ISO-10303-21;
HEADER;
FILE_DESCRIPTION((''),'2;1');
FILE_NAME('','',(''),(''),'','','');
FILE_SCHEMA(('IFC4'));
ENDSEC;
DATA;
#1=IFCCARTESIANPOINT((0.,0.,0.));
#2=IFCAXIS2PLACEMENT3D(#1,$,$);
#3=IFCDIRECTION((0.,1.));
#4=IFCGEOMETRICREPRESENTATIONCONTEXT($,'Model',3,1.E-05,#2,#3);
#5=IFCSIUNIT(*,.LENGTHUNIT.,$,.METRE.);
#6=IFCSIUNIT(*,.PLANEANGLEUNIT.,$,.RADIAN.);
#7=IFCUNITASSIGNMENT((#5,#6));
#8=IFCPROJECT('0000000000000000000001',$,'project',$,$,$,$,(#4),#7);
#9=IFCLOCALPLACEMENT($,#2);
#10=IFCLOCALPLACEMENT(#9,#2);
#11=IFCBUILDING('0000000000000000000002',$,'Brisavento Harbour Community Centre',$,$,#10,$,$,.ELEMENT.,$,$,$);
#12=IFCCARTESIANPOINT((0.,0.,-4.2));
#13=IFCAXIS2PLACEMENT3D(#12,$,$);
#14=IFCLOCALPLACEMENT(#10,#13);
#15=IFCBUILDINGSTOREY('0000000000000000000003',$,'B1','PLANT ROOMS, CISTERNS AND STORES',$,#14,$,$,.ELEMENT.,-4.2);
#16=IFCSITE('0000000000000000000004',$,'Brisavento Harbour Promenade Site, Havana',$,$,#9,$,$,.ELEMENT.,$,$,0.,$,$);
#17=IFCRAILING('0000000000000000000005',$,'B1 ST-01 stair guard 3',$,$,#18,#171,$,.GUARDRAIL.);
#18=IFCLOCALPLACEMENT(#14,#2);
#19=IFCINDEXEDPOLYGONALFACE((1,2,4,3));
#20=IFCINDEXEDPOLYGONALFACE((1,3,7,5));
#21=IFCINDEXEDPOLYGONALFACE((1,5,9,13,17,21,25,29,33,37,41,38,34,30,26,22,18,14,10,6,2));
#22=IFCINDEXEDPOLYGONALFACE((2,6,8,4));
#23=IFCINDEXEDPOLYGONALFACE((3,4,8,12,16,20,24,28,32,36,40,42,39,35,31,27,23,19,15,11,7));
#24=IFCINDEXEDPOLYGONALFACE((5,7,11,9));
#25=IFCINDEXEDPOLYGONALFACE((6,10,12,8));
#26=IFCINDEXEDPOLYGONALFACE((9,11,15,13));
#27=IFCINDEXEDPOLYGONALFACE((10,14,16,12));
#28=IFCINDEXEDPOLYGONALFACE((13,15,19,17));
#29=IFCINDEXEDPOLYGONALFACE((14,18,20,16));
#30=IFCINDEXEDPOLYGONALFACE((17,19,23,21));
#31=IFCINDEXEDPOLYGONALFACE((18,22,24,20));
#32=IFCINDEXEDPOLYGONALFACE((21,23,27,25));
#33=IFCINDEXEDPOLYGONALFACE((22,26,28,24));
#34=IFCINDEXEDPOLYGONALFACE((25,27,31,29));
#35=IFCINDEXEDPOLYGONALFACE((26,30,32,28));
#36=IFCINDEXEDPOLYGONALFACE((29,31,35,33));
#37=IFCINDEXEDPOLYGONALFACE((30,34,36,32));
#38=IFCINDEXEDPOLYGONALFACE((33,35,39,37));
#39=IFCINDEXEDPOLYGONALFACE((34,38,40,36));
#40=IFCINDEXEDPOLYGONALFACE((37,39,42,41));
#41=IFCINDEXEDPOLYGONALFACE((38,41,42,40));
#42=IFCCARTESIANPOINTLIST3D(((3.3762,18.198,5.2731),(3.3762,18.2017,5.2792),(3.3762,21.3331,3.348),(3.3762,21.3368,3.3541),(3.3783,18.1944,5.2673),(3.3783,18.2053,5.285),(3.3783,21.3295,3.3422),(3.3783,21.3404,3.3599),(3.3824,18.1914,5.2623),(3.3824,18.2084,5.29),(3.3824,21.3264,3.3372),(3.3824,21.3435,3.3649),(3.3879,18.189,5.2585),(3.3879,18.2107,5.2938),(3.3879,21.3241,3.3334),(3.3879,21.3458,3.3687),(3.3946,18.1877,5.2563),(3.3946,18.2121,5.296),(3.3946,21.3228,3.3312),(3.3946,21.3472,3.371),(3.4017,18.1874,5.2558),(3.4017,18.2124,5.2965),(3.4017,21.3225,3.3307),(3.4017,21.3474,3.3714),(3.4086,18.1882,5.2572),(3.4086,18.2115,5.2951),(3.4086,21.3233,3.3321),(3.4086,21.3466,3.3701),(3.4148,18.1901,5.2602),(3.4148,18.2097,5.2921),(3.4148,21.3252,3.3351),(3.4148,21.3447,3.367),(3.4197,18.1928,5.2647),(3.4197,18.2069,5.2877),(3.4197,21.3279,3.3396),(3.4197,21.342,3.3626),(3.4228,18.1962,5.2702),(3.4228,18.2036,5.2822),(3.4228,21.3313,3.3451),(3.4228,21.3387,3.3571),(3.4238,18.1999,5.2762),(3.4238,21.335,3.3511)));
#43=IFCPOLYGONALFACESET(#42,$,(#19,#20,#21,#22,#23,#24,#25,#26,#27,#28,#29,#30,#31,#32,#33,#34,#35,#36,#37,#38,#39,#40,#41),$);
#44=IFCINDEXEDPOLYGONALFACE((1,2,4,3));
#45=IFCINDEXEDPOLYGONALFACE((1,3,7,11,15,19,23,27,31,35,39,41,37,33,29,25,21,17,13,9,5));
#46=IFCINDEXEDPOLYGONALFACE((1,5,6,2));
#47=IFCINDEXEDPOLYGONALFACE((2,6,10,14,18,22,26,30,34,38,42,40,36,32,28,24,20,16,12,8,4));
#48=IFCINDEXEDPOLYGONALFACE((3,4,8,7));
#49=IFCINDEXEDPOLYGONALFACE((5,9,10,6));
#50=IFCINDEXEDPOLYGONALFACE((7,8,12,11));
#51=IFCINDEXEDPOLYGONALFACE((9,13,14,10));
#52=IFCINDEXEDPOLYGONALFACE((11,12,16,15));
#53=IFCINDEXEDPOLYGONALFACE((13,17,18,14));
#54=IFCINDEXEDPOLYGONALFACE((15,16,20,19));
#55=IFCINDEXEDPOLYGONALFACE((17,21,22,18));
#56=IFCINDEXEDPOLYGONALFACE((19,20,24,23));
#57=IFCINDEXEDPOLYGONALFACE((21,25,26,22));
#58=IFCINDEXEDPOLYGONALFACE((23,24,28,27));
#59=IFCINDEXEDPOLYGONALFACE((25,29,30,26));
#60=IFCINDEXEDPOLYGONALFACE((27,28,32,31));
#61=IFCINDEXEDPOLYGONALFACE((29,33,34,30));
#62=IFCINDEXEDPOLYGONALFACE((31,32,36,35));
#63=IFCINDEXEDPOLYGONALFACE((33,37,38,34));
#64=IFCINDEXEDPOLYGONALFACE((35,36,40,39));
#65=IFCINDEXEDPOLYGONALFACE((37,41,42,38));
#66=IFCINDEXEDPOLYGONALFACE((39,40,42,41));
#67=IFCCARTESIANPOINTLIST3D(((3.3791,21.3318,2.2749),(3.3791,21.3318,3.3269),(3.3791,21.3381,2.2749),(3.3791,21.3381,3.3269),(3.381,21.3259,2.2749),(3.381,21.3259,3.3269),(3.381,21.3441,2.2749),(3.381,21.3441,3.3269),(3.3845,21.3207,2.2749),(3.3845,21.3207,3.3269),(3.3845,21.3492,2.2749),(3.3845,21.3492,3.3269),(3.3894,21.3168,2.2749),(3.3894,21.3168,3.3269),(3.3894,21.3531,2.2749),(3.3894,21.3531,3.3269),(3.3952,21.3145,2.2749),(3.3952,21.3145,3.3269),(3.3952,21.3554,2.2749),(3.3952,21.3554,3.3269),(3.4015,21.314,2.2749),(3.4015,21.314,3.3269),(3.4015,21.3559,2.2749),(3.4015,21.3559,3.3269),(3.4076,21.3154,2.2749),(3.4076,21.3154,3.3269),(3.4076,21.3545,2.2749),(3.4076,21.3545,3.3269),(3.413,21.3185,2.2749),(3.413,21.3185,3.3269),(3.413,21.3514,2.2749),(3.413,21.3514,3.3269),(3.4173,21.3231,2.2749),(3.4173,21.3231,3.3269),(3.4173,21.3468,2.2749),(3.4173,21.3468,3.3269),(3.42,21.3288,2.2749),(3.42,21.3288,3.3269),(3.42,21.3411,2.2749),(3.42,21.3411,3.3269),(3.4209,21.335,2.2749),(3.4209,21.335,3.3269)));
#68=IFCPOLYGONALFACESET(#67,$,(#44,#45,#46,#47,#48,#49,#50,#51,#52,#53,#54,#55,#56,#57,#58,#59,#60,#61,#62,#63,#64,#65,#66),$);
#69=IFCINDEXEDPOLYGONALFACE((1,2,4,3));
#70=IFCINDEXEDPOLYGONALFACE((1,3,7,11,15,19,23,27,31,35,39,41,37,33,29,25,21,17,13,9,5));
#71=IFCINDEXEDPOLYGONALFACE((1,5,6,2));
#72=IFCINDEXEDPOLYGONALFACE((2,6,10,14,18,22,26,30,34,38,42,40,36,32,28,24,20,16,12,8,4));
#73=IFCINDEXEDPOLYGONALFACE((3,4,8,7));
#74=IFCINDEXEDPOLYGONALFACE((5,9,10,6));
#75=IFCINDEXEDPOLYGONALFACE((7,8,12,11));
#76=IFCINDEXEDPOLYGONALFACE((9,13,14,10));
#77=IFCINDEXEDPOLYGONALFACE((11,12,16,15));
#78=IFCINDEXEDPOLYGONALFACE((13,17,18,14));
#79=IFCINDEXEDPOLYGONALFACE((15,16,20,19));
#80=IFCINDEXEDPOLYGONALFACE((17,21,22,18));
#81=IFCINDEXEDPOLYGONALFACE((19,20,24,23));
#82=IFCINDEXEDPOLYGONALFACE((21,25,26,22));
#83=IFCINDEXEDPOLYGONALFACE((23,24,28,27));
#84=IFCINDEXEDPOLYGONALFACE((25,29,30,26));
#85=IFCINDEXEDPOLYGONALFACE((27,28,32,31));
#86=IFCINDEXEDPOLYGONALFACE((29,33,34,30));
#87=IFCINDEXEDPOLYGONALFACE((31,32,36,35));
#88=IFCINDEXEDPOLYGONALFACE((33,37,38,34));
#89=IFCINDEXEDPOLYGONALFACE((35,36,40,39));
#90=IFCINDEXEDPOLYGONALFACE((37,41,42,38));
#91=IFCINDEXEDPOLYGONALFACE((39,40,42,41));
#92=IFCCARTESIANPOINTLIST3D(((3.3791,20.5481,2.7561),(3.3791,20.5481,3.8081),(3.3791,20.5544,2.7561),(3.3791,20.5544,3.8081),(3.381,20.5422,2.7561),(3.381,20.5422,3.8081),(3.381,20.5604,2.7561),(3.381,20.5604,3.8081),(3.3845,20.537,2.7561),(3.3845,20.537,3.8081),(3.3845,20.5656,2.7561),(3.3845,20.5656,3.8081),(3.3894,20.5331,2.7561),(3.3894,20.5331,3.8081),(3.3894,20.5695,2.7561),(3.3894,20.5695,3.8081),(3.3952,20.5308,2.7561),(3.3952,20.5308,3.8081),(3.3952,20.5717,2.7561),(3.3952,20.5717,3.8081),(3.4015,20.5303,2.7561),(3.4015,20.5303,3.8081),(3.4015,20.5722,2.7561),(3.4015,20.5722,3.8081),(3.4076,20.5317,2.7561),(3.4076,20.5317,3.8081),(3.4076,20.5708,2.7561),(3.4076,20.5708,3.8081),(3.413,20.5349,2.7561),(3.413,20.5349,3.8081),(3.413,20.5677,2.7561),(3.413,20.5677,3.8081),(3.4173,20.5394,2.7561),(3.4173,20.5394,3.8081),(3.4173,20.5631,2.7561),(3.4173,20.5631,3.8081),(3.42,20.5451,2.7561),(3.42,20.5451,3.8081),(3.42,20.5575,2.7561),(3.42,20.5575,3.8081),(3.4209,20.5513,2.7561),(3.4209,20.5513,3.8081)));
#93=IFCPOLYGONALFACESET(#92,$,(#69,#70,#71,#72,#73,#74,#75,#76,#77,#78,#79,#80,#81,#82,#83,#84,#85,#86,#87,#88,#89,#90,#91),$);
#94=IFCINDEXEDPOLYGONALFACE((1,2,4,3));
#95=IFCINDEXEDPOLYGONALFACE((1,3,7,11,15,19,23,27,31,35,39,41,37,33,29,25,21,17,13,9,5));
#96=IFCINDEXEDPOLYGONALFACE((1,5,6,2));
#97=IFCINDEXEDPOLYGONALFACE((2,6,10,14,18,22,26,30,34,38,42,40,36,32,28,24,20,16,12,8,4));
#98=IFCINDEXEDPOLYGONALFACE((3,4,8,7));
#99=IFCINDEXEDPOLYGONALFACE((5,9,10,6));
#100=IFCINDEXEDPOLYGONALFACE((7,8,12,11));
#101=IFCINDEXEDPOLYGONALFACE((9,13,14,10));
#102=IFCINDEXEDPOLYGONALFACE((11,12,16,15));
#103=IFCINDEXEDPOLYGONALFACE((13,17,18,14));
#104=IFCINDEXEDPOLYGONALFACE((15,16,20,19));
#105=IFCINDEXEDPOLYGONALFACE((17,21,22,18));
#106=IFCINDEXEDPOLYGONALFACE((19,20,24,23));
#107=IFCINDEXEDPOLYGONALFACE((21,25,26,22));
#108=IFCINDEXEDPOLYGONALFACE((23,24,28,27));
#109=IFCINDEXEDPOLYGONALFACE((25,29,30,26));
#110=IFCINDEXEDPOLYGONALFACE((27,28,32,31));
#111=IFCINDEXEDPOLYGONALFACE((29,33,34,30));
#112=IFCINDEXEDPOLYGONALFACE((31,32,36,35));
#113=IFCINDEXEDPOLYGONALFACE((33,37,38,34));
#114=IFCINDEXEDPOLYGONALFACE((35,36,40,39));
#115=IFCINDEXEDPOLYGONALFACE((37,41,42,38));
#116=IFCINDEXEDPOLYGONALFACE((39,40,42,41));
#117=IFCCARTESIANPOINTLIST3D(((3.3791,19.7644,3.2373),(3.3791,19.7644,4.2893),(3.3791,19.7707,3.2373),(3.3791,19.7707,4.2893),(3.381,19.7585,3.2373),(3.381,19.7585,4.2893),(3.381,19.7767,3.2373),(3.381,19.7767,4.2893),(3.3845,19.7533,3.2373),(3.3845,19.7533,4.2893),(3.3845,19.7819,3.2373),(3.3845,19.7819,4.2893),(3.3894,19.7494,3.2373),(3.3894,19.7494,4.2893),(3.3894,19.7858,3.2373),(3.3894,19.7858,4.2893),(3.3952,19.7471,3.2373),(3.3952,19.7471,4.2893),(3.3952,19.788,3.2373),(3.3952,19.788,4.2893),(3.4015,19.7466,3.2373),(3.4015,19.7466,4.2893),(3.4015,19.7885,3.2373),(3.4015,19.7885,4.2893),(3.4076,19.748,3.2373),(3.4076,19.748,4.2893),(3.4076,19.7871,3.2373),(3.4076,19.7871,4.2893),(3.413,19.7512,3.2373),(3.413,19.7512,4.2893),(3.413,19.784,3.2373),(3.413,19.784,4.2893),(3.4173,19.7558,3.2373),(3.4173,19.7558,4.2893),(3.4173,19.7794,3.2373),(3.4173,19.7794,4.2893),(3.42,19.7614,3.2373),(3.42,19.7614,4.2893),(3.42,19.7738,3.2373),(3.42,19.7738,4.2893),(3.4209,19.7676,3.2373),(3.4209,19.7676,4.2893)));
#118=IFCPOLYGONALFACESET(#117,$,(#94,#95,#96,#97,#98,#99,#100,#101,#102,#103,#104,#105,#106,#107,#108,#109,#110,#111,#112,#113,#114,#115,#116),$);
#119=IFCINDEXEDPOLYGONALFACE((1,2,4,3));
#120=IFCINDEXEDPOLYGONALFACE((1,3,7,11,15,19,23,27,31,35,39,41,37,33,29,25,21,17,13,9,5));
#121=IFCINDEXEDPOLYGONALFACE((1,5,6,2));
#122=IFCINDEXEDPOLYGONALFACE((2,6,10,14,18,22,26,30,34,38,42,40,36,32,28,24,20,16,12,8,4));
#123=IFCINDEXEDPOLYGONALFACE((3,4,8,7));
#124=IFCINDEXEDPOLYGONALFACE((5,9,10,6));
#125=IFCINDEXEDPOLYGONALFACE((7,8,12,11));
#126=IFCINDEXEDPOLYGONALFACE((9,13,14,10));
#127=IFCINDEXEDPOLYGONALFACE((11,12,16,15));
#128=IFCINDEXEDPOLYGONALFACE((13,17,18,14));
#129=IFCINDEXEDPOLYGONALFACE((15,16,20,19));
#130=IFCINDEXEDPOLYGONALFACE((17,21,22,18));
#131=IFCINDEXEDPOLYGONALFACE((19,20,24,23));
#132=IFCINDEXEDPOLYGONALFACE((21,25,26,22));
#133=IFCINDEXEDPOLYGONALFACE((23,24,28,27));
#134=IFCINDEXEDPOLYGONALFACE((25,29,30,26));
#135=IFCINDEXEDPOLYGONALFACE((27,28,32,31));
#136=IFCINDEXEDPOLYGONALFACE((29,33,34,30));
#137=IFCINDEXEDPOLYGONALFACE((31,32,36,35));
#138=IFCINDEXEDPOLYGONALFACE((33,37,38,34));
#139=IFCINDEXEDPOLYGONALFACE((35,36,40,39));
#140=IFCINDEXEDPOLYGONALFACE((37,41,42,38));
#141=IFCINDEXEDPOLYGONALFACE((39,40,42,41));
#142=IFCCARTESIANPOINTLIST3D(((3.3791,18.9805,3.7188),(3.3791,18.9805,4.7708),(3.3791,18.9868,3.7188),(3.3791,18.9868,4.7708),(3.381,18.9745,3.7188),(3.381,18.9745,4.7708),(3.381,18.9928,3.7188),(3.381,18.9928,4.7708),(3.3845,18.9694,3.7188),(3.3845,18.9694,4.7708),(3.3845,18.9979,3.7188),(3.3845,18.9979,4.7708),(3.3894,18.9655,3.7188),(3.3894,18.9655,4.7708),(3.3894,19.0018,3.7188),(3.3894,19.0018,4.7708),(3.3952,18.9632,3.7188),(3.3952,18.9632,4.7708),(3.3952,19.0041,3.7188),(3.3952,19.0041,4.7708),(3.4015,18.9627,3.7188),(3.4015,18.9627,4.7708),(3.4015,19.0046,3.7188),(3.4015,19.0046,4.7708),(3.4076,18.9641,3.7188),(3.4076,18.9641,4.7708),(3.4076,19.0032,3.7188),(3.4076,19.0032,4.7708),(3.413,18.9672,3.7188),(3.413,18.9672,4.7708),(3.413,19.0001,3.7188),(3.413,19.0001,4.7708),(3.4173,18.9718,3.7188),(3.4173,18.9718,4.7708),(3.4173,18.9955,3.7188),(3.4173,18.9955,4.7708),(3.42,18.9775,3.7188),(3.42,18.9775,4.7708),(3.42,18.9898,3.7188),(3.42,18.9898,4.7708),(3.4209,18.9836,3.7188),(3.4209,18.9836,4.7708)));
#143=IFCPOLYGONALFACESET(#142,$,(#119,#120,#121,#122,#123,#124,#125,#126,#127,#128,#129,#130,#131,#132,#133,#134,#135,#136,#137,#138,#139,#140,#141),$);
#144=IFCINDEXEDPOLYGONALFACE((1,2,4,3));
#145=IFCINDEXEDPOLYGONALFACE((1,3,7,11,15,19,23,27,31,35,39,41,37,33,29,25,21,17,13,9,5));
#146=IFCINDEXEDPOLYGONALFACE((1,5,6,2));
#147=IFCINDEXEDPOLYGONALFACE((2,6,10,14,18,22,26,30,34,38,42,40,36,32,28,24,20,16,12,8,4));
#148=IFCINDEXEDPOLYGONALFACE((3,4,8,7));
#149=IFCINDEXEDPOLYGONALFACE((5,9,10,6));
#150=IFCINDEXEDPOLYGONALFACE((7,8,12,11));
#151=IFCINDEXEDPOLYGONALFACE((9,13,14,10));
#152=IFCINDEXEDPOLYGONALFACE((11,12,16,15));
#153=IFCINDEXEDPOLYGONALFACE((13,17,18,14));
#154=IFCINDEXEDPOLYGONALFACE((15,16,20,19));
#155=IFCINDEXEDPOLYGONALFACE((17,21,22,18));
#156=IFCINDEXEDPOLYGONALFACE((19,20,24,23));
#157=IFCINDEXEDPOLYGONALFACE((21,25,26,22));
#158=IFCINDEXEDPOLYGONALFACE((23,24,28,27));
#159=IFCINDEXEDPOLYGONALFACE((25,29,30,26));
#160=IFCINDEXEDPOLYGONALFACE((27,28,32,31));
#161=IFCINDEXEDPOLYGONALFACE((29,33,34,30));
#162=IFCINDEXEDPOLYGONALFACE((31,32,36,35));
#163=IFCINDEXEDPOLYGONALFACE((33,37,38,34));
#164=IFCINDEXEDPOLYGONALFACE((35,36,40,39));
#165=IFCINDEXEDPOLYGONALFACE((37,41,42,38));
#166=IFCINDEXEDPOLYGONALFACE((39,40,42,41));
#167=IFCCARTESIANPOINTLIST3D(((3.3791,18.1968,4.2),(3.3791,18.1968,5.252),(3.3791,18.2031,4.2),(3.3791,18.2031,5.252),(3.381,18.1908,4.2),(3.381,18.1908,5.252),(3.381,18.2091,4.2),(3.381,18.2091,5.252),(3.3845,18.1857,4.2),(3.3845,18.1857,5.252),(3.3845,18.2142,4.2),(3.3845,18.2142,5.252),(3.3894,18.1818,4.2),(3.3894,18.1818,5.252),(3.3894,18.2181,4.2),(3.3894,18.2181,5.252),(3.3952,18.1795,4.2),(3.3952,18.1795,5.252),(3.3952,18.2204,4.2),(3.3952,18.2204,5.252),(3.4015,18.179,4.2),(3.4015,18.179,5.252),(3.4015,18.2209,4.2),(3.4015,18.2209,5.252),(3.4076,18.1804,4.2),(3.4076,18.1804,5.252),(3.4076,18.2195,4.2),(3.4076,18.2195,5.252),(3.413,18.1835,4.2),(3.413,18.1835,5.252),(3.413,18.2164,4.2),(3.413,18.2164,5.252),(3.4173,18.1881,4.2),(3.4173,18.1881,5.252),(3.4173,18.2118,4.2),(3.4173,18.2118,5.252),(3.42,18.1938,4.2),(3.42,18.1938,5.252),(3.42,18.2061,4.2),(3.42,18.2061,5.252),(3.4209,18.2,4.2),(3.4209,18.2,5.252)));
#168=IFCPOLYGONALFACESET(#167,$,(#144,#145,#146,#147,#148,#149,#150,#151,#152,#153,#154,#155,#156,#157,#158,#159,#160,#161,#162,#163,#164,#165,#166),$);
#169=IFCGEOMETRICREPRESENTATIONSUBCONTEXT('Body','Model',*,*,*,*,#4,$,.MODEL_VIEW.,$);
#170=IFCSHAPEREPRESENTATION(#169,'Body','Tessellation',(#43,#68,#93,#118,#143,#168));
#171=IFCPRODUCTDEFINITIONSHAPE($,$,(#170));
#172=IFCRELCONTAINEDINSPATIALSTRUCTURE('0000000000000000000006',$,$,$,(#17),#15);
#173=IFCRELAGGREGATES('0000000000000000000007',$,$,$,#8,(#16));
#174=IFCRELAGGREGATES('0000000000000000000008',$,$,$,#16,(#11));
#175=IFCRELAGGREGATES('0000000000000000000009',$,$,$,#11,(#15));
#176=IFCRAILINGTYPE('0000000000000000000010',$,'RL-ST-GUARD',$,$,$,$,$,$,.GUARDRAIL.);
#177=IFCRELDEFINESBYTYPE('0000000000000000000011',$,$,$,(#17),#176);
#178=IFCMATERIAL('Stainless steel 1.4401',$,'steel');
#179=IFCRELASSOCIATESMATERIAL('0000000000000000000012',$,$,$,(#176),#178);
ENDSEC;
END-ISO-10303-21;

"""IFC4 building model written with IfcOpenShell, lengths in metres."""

from ifc_helpers import new_model, si_unit, direction, frame, origin, origin_2d, place, context, subcontext, project, spatial, circle, extrude, material, type_object, element, save


model = new_model("IFC4")

# Units and contexts
model_context = context("Model", 3, precision=1e-05, world=origin(), true_north=direction((0.0, 1.0)))
body_context = subcontext(model_context, "Body", "Model", "MODEL_VIEW")
ifc_project = project(units=[si_unit("LENGTHUNIT", "METRE"), si_unit("PLANEANGLEUNIT", "RADIAN")], contexts=[model_context])

# Site, building, storey
site_placement = place(None, origin())
site = spatial("IfcSite", under=ifc_project, at=site_placement, Name="Brisavento Harbour Promenade Site, Havana", CompositionType="ELEMENT", RefElevation=0.0)
building_placement = place(site_placement, origin())
building = spatial("IfcBuilding", under=site, at=building_placement, Name="Brisavento Harbour Community Centre", CompositionType="ELEMENT")
storey_placement = place(building_placement, frame((0.0, 0.0, -4.2)))
storey = spatial("IfcBuildingStorey", under=building, at=storey_placement, Name="B1", Description="PLANT ROOMS, CISTERNS AND STORES", CompositionType="ELEMENT", Elevation=-4.2)

# Shared definitions
ifc_material_1 = material(Name="Stainless steel 1.4401", Category="steel")

# Railing
railing_type_1 = type_object("IfcRailingType", Name="RL-ST-GUARD", PredefinedType="GUARDRAIL", material=ifc_material_1)
railing_1_placement = place(storey_placement, frame((3.3999, 21.335, 2.2749)))
element("IfcRailing", 1, at=railing_1_placement, inside=storey, type_object=railing_type_1, Name="B1 ST-01 stair guard 3", PredefinedType="GUARDRAIL", context=body_context, shape_type="SweptSolid", body=[
    extrude(circle(Radius=0.0239, at=origin_2d()), frame((0.0, 0.0, 1.0762), z_axis=(0.0, -0.852166, 0.523271), x_axis=(1.0, 0.0, 0.0)), (0.0, 0.0, 1.0), 3.679),
    extrude(circle(Radius=0.021, at=origin_2d()), origin(), (0.0, 0.0, 1.0), 1.052),
    extrude(circle(Radius=0.021, at=origin_2d()), frame((0.0, -0.7837, 0.4812)), (0.0, 0.0, 1.0), 1.052),
    extrude(circle(Radius=0.021, at=origin_2d()), frame((0.0, -1.5674, 0.9624)), (0.0, 0.0, 1.0), 1.052),
    extrude(circle(Radius=0.021, at=origin_2d()), frame((0.0, -2.3513, 1.4438)), (0.0, 0.0, 1.0), 1.052),
    extrude(circle(Radius=0.021, at=origin_2d()), frame((0.0, -3.135, 1.925)), (0.0, 0.0, 1.0), 1.052),
])

save(model, "model.ifc")
